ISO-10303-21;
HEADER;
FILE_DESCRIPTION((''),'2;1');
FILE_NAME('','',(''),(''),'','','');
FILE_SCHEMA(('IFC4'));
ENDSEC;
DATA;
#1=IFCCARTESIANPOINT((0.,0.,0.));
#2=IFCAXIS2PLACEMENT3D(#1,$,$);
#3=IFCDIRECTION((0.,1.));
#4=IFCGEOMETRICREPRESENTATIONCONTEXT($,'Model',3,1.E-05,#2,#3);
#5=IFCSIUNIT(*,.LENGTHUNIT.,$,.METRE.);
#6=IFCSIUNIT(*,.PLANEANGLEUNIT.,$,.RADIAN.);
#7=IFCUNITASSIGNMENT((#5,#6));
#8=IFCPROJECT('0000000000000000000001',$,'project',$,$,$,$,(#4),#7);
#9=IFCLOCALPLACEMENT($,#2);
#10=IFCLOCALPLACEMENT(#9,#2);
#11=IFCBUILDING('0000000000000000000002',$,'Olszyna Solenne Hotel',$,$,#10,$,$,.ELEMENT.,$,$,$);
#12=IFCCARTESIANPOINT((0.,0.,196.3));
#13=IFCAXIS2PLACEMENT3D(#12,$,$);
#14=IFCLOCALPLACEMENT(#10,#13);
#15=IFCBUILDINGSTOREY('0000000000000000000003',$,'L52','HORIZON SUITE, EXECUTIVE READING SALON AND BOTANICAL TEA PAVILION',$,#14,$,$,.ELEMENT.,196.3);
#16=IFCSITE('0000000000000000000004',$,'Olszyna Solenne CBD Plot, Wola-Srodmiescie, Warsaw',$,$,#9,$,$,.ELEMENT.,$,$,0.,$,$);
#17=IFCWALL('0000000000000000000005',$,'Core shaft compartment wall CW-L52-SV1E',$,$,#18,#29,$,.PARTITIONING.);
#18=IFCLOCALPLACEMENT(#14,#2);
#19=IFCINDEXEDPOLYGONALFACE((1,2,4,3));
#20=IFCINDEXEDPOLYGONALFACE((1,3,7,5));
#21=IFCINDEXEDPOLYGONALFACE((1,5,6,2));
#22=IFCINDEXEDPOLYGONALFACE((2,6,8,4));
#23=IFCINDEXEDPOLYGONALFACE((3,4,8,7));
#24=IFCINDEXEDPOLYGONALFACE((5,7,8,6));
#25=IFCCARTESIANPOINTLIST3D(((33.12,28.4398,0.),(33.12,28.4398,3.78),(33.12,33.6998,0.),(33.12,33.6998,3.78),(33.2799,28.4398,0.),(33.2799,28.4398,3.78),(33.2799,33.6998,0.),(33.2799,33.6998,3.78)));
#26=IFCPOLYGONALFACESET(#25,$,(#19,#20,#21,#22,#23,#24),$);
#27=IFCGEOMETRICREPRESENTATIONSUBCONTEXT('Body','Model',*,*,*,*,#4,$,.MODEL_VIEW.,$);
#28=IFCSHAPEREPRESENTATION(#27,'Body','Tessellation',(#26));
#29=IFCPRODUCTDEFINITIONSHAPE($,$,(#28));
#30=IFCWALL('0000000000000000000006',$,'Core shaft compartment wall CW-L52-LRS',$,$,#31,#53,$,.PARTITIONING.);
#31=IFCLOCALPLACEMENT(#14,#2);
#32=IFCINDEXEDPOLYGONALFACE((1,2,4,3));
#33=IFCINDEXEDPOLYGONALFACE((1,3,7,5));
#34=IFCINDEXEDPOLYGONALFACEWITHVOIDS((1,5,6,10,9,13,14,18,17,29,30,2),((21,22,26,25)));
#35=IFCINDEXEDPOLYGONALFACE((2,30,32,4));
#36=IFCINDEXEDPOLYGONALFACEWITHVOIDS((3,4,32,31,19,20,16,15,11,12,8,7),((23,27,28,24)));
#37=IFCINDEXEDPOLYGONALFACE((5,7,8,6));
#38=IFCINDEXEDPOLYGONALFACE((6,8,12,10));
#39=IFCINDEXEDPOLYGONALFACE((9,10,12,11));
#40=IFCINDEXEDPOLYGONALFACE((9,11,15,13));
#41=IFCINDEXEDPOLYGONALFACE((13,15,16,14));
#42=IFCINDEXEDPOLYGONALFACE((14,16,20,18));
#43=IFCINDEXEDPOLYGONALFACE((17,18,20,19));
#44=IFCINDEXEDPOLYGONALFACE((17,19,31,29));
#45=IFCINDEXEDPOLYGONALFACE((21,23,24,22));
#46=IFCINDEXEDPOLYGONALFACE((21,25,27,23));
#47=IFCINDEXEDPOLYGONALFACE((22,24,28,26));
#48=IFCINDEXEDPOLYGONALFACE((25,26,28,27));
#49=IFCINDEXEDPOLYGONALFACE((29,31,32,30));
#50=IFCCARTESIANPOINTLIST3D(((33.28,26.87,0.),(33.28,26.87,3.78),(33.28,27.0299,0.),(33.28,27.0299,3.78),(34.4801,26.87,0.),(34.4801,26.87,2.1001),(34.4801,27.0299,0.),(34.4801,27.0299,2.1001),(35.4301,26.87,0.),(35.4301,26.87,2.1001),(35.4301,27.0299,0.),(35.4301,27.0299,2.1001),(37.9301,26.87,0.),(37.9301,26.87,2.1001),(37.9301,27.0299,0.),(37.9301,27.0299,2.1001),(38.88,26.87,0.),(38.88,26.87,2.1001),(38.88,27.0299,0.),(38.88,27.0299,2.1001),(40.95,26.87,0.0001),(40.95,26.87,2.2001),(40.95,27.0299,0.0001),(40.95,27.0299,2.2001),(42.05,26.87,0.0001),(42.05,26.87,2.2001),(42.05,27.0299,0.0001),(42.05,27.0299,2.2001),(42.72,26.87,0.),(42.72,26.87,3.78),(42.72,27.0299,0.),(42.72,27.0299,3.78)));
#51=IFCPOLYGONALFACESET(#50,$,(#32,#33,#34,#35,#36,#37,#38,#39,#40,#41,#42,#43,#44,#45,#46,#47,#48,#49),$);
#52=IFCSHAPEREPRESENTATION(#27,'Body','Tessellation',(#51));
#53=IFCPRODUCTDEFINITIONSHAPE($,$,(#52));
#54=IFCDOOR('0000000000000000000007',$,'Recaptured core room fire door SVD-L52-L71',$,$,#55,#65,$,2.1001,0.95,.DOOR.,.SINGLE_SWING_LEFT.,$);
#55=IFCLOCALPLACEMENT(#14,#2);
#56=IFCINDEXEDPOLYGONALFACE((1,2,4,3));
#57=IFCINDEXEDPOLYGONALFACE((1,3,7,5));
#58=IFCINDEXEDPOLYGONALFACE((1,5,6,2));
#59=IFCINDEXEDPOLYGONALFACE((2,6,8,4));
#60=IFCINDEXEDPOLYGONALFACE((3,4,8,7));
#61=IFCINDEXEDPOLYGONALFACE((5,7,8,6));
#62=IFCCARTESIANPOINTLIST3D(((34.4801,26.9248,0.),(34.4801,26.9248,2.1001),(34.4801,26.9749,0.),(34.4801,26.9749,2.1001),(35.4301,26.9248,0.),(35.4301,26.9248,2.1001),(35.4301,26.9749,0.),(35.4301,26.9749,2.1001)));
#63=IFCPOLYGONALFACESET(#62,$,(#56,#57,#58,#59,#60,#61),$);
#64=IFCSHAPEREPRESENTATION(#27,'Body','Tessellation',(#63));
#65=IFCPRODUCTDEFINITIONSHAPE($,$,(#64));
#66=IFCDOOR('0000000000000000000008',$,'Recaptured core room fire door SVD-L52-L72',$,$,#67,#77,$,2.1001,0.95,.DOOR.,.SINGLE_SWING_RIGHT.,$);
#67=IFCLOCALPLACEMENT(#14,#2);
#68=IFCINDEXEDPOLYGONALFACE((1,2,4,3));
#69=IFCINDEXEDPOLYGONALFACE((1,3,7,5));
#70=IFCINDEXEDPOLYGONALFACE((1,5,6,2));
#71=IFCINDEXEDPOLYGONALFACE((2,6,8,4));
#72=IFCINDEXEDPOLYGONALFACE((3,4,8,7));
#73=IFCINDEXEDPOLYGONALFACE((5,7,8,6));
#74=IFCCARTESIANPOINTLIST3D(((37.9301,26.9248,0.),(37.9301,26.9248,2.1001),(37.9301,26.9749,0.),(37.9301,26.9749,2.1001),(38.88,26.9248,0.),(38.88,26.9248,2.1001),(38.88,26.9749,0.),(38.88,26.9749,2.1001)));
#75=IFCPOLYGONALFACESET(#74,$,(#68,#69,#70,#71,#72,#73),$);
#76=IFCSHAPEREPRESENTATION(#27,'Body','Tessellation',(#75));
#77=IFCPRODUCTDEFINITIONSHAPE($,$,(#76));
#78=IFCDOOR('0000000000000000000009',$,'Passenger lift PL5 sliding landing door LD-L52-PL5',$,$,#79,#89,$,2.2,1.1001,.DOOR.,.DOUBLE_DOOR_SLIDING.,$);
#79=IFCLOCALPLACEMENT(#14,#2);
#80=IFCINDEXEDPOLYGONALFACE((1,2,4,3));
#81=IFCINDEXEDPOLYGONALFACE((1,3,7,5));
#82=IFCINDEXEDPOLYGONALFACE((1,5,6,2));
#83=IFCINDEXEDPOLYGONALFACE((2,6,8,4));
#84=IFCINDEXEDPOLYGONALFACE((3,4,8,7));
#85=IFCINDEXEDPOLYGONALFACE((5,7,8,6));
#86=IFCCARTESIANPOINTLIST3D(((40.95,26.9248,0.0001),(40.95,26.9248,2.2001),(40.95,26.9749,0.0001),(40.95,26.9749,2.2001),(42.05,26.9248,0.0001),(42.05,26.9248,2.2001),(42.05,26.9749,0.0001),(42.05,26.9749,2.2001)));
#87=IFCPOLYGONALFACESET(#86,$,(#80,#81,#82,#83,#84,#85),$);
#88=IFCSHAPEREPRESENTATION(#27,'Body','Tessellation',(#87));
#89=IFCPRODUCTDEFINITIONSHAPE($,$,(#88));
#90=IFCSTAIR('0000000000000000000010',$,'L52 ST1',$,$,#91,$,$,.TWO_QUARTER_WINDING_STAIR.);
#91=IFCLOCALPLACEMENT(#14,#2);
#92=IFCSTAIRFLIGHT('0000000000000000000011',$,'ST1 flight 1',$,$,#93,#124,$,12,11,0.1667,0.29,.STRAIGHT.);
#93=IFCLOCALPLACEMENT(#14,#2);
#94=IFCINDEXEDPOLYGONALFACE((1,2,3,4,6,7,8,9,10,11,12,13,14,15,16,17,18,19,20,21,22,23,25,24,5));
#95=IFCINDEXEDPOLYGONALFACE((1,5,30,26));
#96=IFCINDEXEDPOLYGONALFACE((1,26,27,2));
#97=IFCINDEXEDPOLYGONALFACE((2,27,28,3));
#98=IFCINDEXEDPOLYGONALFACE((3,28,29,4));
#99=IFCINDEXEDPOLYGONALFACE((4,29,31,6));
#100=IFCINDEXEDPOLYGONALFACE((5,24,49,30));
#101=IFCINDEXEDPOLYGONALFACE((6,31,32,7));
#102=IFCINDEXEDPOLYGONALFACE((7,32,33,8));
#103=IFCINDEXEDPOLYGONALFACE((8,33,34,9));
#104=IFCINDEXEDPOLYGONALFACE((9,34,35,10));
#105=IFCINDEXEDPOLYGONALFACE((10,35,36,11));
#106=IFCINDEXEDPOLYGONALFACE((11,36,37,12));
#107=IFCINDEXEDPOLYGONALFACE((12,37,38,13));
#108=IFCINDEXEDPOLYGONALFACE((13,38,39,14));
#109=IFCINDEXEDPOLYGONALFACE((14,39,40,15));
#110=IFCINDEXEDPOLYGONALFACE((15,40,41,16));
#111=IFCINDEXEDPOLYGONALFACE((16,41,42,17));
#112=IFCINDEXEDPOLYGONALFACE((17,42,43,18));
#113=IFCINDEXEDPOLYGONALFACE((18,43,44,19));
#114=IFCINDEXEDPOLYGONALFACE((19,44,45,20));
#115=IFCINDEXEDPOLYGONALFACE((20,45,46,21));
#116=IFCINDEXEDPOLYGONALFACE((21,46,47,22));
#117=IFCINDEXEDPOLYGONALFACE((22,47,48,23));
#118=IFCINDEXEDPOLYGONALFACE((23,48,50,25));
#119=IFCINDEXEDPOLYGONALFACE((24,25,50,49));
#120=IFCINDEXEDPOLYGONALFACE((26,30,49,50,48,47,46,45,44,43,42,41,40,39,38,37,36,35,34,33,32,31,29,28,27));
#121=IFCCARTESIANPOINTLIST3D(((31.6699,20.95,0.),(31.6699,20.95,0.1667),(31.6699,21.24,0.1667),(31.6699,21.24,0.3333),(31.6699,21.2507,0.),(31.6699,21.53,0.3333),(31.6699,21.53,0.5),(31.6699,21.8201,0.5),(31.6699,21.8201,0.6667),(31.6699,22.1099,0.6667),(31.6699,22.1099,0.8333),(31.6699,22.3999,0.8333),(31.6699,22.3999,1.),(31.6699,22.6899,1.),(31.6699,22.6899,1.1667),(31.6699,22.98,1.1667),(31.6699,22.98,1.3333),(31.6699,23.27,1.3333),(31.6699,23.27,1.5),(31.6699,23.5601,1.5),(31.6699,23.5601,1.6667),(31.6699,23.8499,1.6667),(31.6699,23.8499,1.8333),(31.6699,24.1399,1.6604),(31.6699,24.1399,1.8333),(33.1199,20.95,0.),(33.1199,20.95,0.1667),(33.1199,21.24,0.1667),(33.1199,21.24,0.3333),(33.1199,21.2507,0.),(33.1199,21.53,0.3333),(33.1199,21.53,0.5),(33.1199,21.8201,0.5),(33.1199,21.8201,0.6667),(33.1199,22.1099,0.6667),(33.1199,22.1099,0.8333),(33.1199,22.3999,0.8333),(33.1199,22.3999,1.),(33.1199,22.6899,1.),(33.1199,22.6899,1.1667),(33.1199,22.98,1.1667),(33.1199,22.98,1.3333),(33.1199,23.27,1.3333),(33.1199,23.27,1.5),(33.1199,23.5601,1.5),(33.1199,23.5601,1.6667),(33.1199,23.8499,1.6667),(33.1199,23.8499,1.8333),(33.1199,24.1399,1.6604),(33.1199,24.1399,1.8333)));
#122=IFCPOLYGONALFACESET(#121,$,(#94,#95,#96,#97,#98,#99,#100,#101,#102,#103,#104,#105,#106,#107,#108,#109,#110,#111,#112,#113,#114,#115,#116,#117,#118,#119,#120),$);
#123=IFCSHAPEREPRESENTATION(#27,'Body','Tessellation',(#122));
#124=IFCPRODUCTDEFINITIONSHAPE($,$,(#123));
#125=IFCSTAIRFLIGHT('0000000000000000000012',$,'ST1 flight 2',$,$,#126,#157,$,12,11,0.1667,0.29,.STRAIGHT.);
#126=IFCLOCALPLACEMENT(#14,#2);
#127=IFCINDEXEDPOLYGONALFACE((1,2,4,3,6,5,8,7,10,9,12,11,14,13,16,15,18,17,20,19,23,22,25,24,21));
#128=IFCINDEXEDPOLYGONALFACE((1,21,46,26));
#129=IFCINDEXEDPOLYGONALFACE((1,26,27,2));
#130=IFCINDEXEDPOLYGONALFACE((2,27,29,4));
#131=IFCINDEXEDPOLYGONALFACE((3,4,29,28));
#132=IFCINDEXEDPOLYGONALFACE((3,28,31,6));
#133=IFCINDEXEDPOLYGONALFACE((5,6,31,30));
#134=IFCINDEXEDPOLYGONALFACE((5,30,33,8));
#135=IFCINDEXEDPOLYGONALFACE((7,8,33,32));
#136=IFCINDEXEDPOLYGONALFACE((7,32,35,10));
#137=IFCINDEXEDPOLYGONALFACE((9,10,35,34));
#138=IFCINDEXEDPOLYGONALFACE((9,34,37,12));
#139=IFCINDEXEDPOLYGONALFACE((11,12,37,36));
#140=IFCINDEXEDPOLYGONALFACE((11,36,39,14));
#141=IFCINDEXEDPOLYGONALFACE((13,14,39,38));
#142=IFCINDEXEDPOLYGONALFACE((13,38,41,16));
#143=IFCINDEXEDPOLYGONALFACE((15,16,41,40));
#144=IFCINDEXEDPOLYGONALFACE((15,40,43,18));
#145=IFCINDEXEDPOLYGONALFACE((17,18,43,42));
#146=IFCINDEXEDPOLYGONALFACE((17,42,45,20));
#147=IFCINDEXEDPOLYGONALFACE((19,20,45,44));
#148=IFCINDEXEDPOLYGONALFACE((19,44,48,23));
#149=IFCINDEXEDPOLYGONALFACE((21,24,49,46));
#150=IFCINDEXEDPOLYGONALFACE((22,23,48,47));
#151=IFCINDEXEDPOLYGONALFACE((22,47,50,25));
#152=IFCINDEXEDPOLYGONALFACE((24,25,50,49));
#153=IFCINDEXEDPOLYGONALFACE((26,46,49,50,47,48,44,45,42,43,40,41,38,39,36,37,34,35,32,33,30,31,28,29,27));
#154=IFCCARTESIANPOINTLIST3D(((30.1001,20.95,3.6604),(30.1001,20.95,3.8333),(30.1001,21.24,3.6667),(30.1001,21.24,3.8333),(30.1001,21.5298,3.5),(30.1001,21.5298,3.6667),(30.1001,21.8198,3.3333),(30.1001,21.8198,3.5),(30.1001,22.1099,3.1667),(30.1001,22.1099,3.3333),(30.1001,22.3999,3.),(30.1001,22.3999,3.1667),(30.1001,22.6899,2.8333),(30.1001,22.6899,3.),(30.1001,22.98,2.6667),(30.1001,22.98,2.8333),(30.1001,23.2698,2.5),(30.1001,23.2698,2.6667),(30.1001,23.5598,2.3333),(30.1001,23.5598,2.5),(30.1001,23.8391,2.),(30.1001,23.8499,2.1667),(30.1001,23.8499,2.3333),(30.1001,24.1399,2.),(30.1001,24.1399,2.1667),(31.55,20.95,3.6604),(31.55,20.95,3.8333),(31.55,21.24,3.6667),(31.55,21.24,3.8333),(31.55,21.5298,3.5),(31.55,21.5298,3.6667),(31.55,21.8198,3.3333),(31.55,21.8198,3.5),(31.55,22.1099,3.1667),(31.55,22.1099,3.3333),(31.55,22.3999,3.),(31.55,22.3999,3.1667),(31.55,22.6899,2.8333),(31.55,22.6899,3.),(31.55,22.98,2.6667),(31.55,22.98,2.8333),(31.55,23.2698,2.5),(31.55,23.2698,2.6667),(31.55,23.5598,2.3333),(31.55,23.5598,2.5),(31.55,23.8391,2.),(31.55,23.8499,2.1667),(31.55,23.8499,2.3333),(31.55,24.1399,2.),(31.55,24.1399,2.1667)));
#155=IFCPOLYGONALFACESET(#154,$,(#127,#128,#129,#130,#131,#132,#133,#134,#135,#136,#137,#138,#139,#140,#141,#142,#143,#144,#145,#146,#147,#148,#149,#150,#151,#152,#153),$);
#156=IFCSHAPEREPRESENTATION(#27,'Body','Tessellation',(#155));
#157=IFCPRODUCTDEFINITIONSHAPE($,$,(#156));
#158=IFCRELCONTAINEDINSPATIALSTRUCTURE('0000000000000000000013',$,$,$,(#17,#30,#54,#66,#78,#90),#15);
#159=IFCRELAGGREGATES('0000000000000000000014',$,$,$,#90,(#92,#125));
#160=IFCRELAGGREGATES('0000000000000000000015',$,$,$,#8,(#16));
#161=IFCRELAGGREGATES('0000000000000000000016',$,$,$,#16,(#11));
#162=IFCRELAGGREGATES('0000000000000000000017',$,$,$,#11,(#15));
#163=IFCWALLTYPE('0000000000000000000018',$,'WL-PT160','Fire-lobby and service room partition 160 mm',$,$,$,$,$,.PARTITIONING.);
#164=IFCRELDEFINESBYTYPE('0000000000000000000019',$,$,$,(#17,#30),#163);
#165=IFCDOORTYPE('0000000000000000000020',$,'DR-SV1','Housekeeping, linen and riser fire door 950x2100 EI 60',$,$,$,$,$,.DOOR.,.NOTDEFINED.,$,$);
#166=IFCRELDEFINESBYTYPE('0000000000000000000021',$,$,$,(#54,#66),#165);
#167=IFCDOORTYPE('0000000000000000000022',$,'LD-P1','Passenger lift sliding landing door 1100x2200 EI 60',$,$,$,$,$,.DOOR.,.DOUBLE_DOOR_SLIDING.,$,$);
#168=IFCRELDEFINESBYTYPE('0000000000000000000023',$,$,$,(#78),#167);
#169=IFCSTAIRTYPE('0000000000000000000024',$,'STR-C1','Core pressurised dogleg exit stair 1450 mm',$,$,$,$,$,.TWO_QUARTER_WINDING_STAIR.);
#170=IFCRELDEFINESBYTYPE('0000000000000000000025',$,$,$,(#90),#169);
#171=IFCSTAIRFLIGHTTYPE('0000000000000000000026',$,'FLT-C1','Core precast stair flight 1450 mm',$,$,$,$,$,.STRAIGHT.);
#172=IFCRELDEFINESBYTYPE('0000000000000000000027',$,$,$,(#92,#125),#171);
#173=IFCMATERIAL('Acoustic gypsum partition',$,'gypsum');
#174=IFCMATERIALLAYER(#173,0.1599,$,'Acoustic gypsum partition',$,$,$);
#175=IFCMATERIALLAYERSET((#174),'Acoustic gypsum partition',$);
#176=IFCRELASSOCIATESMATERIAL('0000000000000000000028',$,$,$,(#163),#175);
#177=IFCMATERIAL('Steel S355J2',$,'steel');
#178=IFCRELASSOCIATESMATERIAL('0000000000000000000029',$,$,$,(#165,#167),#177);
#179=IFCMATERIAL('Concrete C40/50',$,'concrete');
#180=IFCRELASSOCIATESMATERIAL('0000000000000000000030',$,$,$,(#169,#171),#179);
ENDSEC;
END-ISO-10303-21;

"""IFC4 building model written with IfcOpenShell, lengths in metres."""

from ifc_helpers import new_model, si_unit, direction, frame, frame_2d, origin, place, context, subcontext, project, spatial, polyline, rectangle, outline, extrude, source, transform, mapped, material, layer, layer_set, type_object, type_shapes, element, fill, aggregate, save


model = new_model("IFC4")

# Units and contexts
model_context = context("Model", 3, precision=1e-05, world=origin(), true_north=direction((0.0, 1.0)))
body_context = subcontext(model_context, "Body", "Model", "MODEL_VIEW")
ifc_project = project(units=[si_unit("LENGTHUNIT", "METRE"), si_unit("PLANEANGLEUNIT", "RADIAN")], contexts=[model_context])

# Site, building, storey
site_placement = place(None, origin())
site = spatial("IfcSite", under=ifc_project, at=site_placement, Name="Olszyna Solenne CBD Plot, Wola-Srodmiescie, Warsaw", CompositionType="ELEMENT", RefElevation=0.0)
building_placement = place(site_placement, origin())
building = spatial("IfcBuilding", under=site, at=building_placement, Name="Olszyna Solenne Hotel", CompositionType="ELEMENT")
storey_placement = place(building_placement, frame((0.0, 0.0, 196.3)))
storey = spatial("IfcBuildingStorey", under=building, at=storey_placement, Name="L52", Description="HORIZON SUITE, EXECUTIVE READING SALON AND BOTANICAL TEA PAVILION", CompositionType="ELEMENT", Elevation=196.3)

# Shared definitions
ifc_material_1 = material(Name="Steel S355J2", Category="steel")

# Shared definitions
ifc_material_2 = material(Name="Acoustic gypsum partition", Category="gypsum")
ifc_layer_1 = layer(ifc_material_2, 0.1599, Name="Acoustic gypsum partition")
ifc_layer_set_1 = layer_set([ifc_layer_1], Name="Acoustic gypsum partition")
wall_type_1 = type_object("IfcWallType", Name="WL-PT160", Description="Fire-lobby and service room partition 160 mm", PredefinedType="PARTITIONING", material=ifc_layer_set_1)

# Wall
wall_1_placement = place(storey_placement, frame((33.2, 28.4399, 0.0), z_axis=(0.0, 0.0, 1.0), x_axis=(0.0, 1.0, 0.0)))
element("IfcWall", 1, at=wall_1_placement, inside=storey, type_object=wall_type_1, Name="Core shaft compartment wall CW-L52-SV1E", PredefinedType="PARTITIONING", context=body_context, shape_type="SweptSolid", body=[
    extrude(rectangle(XDim=5.26, YDim=0.1599, at=frame_2d((2.6299, 0.0))), origin(), (0.0, 0.0, 1.0), 3.78),
])

# Wall, openings, doors
wall_2_placement = place(storey_placement, frame((33.28, 26.95, 0.0), z_axis=(0.0, 0.0, 1.0), x_axis=(1.0, 0.0, 0.0)))
wall_2 = element("IfcWall", 2, at=wall_2_placement, inside=storey, type_object=wall_type_1, Name="Core shaft compartment wall CW-L52-LRS", PredefinedType="PARTITIONING", context=body_context, shape_type="SweptSolid", body=[
    extrude(rectangle(XDim=9.4399, YDim=0.1599, at=frame_2d((4.72, 0.0))), origin(), (0.0, 0.0, 1.0), 3.78),
])
opening_1_placement = place(wall_2_placement, frame((1.2, 0.0, 0.0)))
opening_1 = element("IfcOpeningElement", 3, at=opening_1_placement, cuts=wall_2, PredefinedType="OPENING", context=body_context, shape_type="SweptSolid", body=[
    extrude(rectangle(XDim=0.95, YDim=2.1001, at=frame_2d((0.4751, 1.05))), frame((0.0, 0.0898, 0.0), z_axis=(0.0, -1.0, 0.0), x_axis=(1.0, 0.0, 0.0)), (0.0, 0.0, 1.0), 0.1799),
])
opening_2_placement = place(wall_2_placement, frame((4.6499, 0.0, 0.0)))
opening_2 = element("IfcOpeningElement", 4, at=opening_2_placement, cuts=wall_2, PredefinedType="OPENING", context=body_context, shape_type="SweptSolid", body=[
    extrude(rectangle(XDim=0.95, YDim=2.1001, at=frame_2d((0.4751, 1.05))), frame((0.0, 0.0898, 0.0), z_axis=(0.0, -1.0, 0.0), x_axis=(1.0, 0.0, 0.0)), (0.0, 0.0, 1.0), 0.1799),
])
opening_3_placement = place(wall_2_placement, frame((7.6699, 0.0, 0.0)))
opening_3 = element("IfcOpeningElement", 5, at=opening_3_placement, cuts=wall_2, PredefinedType="OPENING", context=body_context, shape_type="SweptSolid", body=[
    extrude(rectangle(XDim=1.1001, YDim=2.2, at=frame_2d((0.55, 1.1001))), frame((0.0, 0.0898, 0.0), z_axis=(0.0, -1.0, 0.0), x_axis=(1.0, 0.0, 0.0)), (0.0, 0.0, 1.0), 0.1799),
])
door_type_1 = type_object("IfcDoorType", Name="DR-SV1", Description="Housekeeping, linen and riser fire door 950x2100 EI 60", OperationType="NOTDEFINED", PredefinedType="DOOR", material=ifc_material_1)
shared_shape_1 = source(origin(), body_context, "Body", "SweptSolid", [
    extrude(rectangle(XDim=0.95, YDim=2.1001, at=frame_2d((0.4751, 1.05))), frame((0.0, 0.0249, 0.0), z_axis=(0.0, -1.0, 0.0), x_axis=(1.0, 0.0, 0.0)), (0.0, 0.0, 1.0), 0.05),
])
type_shapes(door_type_1, [shared_shape_1])
door_1_placement = place(opening_1_placement, origin())
door_1 = element("IfcDoor", 6, at=door_1_placement, inside=storey, type_object=door_type_1, Name="Recaptured core room fire door SVD-L52-L71", OperationType="SINGLE_SWING_LEFT", OverallHeight=2.1001, OverallWidth=0.95, PredefinedType="DOOR", context=body_context, shape_type="MappedRepresentation", body=[
    mapped(shared_shape_1, transform((0.0, 0.0, 0.0), x_axis=(1.0, 0.0, 0.0), y_axis=(0.0, 1.0, 0.0), z_axis=(0.0, 0.0, 1.0), scale=1.0)),
])
fill(opening_1, door_1)
door_2_placement = place(opening_2_placement, origin())
door_2 = element("IfcDoor", 7, at=door_2_placement, inside=storey, type_object=door_type_1, Name="Recaptured core room fire door SVD-L52-L72", OperationType="SINGLE_SWING_RIGHT", OverallHeight=2.1001, OverallWidth=0.95, PredefinedType="DOOR", context=body_context, shape_type="MappedRepresentation", body=[
    mapped(shared_shape_1, transform((0.0, 0.0, 0.0), x_axis=(1.0, 0.0, 0.0), y_axis=(0.0, 1.0, 0.0), z_axis=(0.0, 0.0, 1.0), scale=1.0)),
])
fill(opening_2, door_2)
door_type_2 = type_object("IfcDoorType", Name="LD-P1", Description="Passenger lift sliding landing door 1100x2200 EI 60", OperationType="DOUBLE_DOOR_SLIDING", PredefinedType="DOOR", material=ifc_material_1)
shared_shape_2 = source(origin(), body_context, "Body", "SweptSolid", [
    extrude(rectangle(XDim=1.1001, YDim=2.2, at=frame_2d((0.55, 1.1001))), frame((0.0, 0.0249, 0.0), z_axis=(0.0, -1.0, 0.0), x_axis=(1.0, 0.0, 0.0)), (0.0, 0.0, 1.0), 0.05),
])
type_shapes(door_type_2, [shared_shape_2])
door_3_placement = place(opening_3_placement, origin())
door_3 = element("IfcDoor", 8, at=door_3_placement, inside=storey, type_object=door_type_2, Name="Passenger lift PL5 sliding landing door LD-L52-PL5", OperationType="DOUBLE_DOOR_SLIDING", OverallHeight=2.2, OverallWidth=1.1001, PredefinedType="DOOR", context=body_context, shape_type="MappedRepresentation", body=[
    mapped(shared_shape_2, transform((0.0, 0.0, 0.0), x_axis=(1.0, 0.0, 0.0), y_axis=(0.0, 1.0, 0.0), z_axis=(0.0, 0.0, 1.0), scale=1.0)),
])
fill(opening_3, door_3)

# Stair, stair flights
ifc_material_3 = material(Name="Concrete C40/50", Category="concrete")
stair_type_1 = type_object("IfcStairType", Name="STR-C1", Description="Core pressurised dogleg exit stair 1450 mm", PredefinedType="TWO_QUARTER_WINDING_STAIR", material=ifc_material_3)
stair_1_placement = place(storey_placement, origin())
stair_1 = element("IfcStair", 9, at=stair_1_placement, inside=storey, type_object=stair_type_1, Name="L52 ST1", PredefinedType="TWO_QUARTER_WINDING_STAIR")
stair_flight_type_1 = type_object("IfcStairFlightType", Name="FLT-C1", Description="Core precast stair flight 1450 mm", PredefinedType="STRAIGHT", material=ifc_material_3)
stair_flight_1_placement = place(storey_placement, frame((32.395, 20.95, 0.0), z_axis=(0.0, 0.0, 1.0), x_axis=(0.0, 1.0, 0.0)))
stair_flight_1 = element("IfcStairFlight", 10, at=stair_flight_1_placement, type_object=stair_flight_type_1, Name="ST1 flight 1", NumberOfRisers=12, NumberOfTreads=11, PredefinedType="STRAIGHT", RiserHeight=0.1667, TreadLength=0.29, context=body_context, shape_type="SweptSolid", body=[
    extrude(outline(polyline([(0.0, 0.0), (0.0, 0.1667), (0.29, 0.1667), (0.29, 0.3333), (0.5801, 0.3333), (0.5801, 0.5), (0.8701, 0.5), (0.8701, 0.6667), (1.1599, 0.6667), (1.1599, 0.8333), (1.45, 0.8333), (1.45, 1.0), (1.74, 1.0), (1.74, 1.1667), (2.03, 1.1667), (2.03, 1.3333), (2.3201, 1.3333), (2.3201, 1.5), (2.6101, 1.5), (2.6101, 1.6667), (2.8999, 1.6667), (2.8999, 1.8333), (3.1899, 1.8333), (3.1899, 2.0), (3.1899, 1.6604), (0.3008, 0.0), (0.0, 0.0)])), frame((0.0, 0.7251, 0.0), z_axis=(0.0, -1.0, 0.0), x_axis=(1.0, 0.0, 0.0)), (0.0, 0.0, 1.0), 1.45),
])
stair_flight_2_placement = place(storey_placement, frame((30.825, 24.1399, 2.0), z_axis=(0.0, 0.0, 1.0), x_axis=(0.0, -1.0, 0.0)))
stair_flight_2 = element("IfcStairFlight", 11, at=stair_flight_2_placement, type_object=stair_flight_type_1, Name="ST1 flight 2", NumberOfRisers=12, NumberOfTreads=11, PredefinedType="STRAIGHT", RiserHeight=0.1667, TreadLength=0.29, context=body_context, shape_type="SweptSolid", body=[
    extrude(outline(polyline([(0.0, 0.0), (0.0, 0.1667), (0.29, 0.1667), (0.29, 0.3333), (0.5801, 0.3333), (0.5801, 0.5), (0.8701, 0.5), (0.8701, 0.6667), (1.1599, 0.6667), (1.1599, 0.8333), (1.45, 0.8333), (1.45, 1.0), (1.74, 1.0), (1.74, 1.1667), (2.03, 1.1667), (2.03, 1.3333), (2.3201, 1.3333), (2.3201, 1.5), (2.6101, 1.5), (2.6101, 1.6667), (2.8999, 1.6667), (2.8999, 1.8333), (3.1899, 1.8333), (3.1899, 2.0), (3.1899, 1.6604), (0.3008, 0.0), (0.0, 0.0)])), frame((0.0, 0.7251, 0.0), z_axis=(0.0, -1.0, 0.0), x_axis=(1.0, 0.0, 0.0)), (0.0, 0.0, 1.0), 1.45),
])
aggregate(stair_1, [stair_flight_1, stair_flight_2])

save(model, "model.ifc")
